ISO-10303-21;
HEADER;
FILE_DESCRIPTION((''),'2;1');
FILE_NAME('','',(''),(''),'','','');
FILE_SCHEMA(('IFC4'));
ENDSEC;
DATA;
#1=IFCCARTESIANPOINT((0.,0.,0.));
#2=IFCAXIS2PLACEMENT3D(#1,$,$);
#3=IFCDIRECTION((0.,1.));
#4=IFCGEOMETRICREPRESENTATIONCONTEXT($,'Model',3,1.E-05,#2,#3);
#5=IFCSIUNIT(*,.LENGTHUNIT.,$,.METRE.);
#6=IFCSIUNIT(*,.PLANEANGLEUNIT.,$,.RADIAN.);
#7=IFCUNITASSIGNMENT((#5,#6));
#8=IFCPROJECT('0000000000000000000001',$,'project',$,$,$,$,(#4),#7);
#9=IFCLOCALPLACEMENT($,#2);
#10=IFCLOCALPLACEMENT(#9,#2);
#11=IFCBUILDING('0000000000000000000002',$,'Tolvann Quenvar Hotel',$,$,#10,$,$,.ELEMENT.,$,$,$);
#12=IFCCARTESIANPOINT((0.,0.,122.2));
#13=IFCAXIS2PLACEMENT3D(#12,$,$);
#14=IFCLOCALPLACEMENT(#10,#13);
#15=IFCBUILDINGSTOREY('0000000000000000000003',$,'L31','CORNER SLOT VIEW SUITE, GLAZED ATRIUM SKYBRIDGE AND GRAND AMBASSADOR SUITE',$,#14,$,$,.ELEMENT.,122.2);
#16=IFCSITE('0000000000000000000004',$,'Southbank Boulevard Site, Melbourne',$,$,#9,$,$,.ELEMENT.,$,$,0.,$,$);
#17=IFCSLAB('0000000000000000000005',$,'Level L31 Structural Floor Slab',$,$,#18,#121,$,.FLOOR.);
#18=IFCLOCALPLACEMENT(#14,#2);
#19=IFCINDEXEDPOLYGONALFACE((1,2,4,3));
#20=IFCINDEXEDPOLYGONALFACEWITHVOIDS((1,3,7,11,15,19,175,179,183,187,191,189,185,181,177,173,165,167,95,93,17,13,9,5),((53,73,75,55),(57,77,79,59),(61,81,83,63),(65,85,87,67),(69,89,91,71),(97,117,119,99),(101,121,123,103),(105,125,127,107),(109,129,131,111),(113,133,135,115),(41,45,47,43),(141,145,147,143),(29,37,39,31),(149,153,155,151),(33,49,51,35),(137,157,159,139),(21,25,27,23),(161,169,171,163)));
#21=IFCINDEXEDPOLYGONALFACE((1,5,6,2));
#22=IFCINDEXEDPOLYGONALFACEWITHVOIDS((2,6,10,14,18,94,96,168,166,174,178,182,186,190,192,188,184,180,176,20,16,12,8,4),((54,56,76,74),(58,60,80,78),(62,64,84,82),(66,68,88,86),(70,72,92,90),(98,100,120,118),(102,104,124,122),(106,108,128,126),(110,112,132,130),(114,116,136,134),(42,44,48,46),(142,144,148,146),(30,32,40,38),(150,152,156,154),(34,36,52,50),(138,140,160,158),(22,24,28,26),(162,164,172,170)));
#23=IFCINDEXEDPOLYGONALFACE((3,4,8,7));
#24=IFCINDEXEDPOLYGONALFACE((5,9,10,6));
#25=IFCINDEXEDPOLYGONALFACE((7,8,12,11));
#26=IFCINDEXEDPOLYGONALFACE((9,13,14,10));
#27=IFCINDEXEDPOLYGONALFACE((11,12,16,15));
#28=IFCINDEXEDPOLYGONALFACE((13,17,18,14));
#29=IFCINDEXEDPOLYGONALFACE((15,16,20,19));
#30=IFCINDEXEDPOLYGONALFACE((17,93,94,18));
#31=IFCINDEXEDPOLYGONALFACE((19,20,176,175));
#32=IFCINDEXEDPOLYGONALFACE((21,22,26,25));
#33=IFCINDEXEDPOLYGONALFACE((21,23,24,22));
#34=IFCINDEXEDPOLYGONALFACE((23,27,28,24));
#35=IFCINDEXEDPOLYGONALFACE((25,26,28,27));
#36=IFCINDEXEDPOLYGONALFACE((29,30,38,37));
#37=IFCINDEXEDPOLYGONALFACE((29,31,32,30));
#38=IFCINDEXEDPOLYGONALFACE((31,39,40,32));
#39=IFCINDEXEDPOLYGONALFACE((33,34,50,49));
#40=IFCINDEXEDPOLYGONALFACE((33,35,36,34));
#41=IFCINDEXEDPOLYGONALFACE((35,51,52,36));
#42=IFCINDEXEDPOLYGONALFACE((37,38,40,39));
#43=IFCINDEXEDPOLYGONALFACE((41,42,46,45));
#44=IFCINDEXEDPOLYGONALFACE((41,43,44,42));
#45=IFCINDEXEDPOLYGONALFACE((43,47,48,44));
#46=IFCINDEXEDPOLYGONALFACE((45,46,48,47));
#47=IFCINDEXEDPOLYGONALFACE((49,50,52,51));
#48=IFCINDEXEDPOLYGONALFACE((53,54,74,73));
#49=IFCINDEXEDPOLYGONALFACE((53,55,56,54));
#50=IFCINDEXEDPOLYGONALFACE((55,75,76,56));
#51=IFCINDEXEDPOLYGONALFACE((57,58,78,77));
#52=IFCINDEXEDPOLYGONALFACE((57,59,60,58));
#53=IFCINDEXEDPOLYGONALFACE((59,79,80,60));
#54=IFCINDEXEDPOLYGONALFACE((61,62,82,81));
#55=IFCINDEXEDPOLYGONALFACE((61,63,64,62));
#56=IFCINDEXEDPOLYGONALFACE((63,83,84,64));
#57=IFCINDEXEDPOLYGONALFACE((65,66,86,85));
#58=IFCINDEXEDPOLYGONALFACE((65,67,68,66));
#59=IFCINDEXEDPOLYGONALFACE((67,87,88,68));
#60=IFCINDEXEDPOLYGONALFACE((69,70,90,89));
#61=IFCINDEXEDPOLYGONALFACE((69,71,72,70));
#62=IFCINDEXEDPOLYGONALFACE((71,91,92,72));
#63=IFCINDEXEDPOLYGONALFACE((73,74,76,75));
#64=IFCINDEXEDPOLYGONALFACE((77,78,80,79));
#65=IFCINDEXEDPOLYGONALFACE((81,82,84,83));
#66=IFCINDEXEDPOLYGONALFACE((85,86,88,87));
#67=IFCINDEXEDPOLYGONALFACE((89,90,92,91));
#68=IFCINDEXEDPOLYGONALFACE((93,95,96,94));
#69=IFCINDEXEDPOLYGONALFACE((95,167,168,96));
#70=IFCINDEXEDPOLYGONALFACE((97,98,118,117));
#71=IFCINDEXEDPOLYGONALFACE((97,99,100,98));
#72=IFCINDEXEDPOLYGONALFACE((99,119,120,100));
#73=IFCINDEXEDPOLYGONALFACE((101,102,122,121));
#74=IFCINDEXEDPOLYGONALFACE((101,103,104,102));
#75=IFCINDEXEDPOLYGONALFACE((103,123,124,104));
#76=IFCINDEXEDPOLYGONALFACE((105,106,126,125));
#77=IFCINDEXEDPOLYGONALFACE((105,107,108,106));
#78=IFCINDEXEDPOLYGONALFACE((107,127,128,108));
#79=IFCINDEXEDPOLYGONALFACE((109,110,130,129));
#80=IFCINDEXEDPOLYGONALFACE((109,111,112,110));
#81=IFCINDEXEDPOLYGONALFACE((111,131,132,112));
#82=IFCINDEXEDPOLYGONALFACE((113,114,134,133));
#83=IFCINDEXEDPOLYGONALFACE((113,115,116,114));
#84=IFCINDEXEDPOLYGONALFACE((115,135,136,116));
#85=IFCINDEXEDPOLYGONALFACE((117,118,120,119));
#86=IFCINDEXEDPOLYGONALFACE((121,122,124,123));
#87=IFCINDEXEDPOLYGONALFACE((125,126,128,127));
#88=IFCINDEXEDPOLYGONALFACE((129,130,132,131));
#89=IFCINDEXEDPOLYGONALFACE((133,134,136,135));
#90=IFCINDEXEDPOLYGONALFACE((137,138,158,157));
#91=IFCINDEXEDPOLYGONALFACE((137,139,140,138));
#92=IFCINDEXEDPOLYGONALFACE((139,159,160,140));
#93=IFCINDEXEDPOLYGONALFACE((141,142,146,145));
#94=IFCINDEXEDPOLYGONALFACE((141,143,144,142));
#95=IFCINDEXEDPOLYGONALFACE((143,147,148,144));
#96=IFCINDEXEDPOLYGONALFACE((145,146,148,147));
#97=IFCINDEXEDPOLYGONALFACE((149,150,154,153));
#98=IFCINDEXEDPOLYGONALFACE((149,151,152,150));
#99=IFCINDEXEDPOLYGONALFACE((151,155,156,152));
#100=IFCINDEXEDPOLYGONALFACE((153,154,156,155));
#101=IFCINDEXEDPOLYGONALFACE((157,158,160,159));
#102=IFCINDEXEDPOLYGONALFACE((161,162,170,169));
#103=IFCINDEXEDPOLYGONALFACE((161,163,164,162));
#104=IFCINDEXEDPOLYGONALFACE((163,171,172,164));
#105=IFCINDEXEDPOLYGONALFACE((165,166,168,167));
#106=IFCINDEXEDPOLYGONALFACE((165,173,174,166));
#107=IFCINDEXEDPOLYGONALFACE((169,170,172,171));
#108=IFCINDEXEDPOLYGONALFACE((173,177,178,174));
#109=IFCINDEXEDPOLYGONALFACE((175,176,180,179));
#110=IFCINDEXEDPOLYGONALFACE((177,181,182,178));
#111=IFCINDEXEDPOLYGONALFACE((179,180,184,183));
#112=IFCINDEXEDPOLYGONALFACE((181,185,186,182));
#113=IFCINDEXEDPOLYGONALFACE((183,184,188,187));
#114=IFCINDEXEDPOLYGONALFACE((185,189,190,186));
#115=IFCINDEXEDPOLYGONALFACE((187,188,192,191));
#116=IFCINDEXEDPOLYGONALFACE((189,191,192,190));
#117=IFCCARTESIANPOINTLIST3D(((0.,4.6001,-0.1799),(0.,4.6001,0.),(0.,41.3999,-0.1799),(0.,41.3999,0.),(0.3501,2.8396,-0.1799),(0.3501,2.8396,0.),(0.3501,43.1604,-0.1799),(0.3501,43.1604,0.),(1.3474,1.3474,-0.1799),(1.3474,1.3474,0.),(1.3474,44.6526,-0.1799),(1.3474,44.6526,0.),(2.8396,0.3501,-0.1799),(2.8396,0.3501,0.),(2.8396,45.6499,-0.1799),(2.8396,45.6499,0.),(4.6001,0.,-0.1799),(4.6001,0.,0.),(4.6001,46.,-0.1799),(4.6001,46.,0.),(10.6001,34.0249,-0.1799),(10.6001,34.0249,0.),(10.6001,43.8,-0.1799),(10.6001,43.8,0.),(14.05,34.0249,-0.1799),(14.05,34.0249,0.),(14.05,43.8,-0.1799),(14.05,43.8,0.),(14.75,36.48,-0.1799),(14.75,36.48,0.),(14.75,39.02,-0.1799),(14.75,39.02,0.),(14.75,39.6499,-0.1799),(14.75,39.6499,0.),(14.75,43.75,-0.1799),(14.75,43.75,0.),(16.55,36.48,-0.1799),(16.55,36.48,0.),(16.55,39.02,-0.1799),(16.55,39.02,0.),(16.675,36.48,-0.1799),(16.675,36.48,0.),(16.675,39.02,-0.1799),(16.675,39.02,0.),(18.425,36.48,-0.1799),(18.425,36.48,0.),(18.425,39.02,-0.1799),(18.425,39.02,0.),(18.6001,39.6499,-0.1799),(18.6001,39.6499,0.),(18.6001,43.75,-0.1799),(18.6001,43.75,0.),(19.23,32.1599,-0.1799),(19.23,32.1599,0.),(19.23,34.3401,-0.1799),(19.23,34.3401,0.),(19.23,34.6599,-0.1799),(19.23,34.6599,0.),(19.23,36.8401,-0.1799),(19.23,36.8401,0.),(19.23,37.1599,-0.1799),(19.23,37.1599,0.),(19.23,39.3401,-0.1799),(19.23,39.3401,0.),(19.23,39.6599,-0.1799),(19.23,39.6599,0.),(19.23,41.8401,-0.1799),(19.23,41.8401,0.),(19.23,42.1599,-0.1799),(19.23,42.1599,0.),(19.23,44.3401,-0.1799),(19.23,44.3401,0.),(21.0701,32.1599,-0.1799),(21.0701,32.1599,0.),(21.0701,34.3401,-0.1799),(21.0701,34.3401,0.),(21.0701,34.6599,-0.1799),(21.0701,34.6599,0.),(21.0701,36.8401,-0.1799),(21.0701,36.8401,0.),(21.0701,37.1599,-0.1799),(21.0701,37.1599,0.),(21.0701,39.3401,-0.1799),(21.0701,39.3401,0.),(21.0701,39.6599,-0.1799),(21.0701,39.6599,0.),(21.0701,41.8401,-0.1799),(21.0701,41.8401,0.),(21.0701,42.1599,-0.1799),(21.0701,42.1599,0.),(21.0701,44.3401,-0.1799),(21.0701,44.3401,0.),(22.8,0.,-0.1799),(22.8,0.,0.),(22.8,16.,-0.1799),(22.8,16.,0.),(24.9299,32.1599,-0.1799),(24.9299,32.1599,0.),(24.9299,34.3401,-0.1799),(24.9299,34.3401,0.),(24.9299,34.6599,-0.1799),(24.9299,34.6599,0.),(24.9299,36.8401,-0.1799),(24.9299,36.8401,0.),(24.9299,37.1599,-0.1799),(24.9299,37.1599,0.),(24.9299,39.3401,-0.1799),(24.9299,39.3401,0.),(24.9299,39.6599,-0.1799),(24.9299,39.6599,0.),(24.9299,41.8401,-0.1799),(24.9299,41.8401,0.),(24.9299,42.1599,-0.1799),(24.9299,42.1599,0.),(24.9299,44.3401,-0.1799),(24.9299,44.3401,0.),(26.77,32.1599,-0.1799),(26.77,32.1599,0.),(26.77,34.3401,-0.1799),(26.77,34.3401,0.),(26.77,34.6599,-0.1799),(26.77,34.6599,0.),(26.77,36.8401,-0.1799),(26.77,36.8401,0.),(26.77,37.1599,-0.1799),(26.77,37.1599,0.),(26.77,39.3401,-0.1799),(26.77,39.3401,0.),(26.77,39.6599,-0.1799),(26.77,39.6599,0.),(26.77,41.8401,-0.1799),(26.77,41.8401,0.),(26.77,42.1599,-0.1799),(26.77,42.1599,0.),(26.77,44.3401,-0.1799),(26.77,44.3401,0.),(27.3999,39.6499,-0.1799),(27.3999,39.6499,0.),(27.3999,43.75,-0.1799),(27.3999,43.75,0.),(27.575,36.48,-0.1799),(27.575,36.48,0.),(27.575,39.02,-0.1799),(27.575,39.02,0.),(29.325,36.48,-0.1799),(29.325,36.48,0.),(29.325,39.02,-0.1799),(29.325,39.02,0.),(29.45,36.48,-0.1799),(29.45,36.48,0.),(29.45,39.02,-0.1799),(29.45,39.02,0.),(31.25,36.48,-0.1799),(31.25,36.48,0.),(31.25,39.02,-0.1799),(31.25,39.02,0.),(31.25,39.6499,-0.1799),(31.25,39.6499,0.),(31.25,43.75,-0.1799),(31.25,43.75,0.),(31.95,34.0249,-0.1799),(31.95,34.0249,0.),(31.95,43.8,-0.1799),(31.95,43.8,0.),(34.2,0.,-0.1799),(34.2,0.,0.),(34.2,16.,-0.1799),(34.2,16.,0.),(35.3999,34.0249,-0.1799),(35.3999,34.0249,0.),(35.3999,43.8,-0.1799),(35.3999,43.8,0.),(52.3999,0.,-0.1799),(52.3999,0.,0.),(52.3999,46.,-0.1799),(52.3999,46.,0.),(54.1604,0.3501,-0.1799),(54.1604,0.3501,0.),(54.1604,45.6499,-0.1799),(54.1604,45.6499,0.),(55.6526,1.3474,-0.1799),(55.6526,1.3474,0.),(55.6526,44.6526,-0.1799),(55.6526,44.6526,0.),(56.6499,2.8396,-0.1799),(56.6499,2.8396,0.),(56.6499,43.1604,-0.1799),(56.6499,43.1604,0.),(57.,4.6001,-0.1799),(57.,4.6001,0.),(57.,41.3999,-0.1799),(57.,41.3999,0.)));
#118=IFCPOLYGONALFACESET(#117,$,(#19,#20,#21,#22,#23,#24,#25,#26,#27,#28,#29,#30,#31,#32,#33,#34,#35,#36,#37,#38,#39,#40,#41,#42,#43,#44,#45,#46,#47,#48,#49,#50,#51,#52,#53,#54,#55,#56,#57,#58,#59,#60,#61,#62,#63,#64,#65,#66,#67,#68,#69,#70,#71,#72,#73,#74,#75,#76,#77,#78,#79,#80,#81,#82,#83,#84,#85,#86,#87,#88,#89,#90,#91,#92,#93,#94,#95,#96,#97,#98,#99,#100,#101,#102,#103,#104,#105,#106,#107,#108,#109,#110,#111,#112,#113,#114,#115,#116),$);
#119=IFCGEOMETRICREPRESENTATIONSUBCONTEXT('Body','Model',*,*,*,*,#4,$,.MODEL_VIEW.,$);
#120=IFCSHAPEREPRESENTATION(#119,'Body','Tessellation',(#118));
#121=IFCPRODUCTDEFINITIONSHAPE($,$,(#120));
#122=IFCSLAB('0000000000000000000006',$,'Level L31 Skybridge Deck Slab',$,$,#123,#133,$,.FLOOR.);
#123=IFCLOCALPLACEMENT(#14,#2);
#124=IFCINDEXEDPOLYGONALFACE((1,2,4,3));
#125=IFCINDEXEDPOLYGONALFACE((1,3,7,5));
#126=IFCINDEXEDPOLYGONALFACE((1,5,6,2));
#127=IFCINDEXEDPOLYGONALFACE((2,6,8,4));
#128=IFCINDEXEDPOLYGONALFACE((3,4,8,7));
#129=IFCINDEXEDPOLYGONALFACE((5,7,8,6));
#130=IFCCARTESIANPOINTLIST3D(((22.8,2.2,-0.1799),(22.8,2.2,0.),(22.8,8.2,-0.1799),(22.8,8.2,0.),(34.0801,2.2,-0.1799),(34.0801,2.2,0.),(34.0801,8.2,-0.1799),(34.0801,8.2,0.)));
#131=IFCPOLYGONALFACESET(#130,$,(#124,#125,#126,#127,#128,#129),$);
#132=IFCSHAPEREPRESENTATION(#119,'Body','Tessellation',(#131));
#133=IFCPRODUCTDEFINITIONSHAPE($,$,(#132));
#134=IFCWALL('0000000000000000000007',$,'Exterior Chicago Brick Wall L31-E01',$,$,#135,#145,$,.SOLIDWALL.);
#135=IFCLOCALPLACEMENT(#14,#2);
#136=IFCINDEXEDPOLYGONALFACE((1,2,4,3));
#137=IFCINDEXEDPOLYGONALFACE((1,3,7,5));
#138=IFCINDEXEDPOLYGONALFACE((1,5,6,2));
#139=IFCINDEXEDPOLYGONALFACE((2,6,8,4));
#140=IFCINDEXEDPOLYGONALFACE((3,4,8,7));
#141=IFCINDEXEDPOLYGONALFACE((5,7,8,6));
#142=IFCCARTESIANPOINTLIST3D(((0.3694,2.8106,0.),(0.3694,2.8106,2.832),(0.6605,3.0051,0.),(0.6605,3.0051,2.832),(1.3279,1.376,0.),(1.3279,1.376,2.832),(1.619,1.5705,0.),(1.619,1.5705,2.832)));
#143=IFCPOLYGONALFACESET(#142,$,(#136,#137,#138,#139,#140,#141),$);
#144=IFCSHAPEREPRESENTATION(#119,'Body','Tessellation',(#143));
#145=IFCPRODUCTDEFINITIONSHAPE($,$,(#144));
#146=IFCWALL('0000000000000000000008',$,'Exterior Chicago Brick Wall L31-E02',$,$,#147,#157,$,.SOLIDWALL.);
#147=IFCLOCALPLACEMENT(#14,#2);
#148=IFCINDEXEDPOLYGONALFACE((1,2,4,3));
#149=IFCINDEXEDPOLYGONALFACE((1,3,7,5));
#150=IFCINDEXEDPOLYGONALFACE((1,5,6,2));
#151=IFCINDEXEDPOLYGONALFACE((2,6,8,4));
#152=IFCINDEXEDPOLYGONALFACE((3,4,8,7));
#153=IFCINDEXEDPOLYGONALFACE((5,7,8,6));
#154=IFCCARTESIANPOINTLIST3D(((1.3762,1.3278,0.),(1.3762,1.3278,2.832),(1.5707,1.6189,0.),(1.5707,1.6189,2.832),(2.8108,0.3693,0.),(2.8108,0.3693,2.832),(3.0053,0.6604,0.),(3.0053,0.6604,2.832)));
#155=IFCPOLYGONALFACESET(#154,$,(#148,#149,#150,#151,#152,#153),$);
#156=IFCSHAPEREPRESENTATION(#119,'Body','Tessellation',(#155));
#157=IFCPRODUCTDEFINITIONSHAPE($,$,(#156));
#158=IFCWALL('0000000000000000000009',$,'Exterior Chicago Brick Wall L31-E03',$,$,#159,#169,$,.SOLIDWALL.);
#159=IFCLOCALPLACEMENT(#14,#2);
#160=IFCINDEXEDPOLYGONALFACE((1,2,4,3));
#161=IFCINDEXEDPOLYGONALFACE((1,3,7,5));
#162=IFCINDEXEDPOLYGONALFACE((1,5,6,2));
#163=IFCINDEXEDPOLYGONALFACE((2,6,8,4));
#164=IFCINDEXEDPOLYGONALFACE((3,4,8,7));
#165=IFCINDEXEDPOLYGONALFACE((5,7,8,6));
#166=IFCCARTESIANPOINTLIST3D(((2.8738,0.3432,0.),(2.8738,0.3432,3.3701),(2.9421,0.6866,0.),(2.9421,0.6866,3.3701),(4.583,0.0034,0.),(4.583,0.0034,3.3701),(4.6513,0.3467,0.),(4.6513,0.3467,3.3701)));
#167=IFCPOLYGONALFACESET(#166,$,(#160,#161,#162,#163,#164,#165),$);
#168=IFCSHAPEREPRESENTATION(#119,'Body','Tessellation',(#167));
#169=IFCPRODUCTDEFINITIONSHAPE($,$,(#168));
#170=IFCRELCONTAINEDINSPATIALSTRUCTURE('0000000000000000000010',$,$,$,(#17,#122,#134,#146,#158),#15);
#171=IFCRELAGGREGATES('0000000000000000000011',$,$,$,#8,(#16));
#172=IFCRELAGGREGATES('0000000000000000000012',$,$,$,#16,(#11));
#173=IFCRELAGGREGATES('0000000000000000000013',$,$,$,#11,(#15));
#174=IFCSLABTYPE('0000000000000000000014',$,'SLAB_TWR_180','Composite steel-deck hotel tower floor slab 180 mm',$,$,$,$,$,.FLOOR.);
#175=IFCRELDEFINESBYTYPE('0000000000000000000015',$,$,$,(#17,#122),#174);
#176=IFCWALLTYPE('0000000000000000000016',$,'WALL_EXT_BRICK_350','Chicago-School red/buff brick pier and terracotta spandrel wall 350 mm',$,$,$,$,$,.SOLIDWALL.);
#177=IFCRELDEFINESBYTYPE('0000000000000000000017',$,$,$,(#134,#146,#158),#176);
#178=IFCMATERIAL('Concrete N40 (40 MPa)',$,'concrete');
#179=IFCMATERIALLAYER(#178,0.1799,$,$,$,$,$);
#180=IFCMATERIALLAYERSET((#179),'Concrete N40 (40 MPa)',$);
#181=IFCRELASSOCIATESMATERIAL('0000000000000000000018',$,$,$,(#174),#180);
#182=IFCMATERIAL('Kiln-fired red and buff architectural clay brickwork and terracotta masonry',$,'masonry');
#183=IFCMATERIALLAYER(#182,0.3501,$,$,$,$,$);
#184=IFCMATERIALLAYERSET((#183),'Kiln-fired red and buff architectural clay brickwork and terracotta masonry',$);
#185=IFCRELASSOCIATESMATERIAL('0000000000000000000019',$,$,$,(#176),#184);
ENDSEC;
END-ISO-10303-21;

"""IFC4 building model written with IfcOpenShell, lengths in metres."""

from ifc_helpers import new_model, si_unit, direction, frame, frame_2d, origin, place, context, subcontext, project, spatial, polyline, rectangle, outline, extrude, material, layer, layer_set, type_object, element, save


model = new_model("IFC4")

# Units and contexts
model_context = context("Model", 3, precision=1e-05, world=origin(), true_north=direction((0.0, 1.0)))
body_context = subcontext(model_context, "Body", "Model", "MODEL_VIEW")
ifc_project = project(units=[si_unit("LENGTHUNIT", "METRE"), si_unit("PLANEANGLEUNIT", "RADIAN")], contexts=[model_context])

# Site, building, storey
site_placement = place(None, origin())
site = spatial("IfcSite", under=ifc_project, at=site_placement, Name="Southbank Boulevard Site, Melbourne", CompositionType="ELEMENT", RefElevation=0.0)
building_placement = place(site_placement, origin())
building = spatial("IfcBuilding", under=site, at=building_placement, Name="Tolvann Quenvar Hotel", CompositionType="ELEMENT")
storey_placement = place(building_placement, frame((0.0, 0.0, 122.2)))
storey = spatial("IfcBuildingStorey", under=building, at=storey_placement, Name="L31", Description="CORNER SLOT VIEW SUITE, GLAZED ATRIUM SKYBRIDGE AND GRAND AMBASSADOR SUITE", CompositionType="ELEMENT", Elevation=122.2)

# Shared definitions
ifc_material_1 = material(Name="Concrete N40 (40 MPa)", Category="concrete")

# Slabs
ifc_layer_1 = layer(ifc_material_1, 0.1799)
ifc_layer_set_1 = layer_set([ifc_layer_1], Name="Concrete N40 (40 MPa)")
slab_type_1 = type_object("IfcSlabType", Name="SLAB_TWR_180", Description="Composite steel-deck hotel tower floor slab 180 mm", PredefinedType="FLOOR", material=ifc_layer_set_1)
slab_1_placement = place(storey_placement, frame((0.0, 0.0, -0.1799)))
element("IfcSlab", 1, at=slab_1_placement, inside=storey, type_object=slab_type_1, Name="Level L31 Structural Floor Slab", PredefinedType="FLOOR", context=body_context, shape_type="SweptSolid", body=[
    extrude(outline(polyline([(0.0, 4.6001), (0.3501, 2.8396), (1.3474, 1.3474), (2.8396, 0.3501), (4.6001, 0.0), (22.8, 0.0), (22.8, 16.0), (34.2, 16.0), (34.2, 0.0), (52.3999, 0.0), (54.1604, 0.3501), (55.6526, 1.3474), (56.6499, 2.8396), (57.0, 4.6001), (57.0, 41.3999), (56.6499, 43.1604), (55.6526, 44.6526), (54.1604, 45.6499), (52.3999, 46.0), (4.6001, 46.0), (2.8396, 45.6499), (1.3474, 44.6526), (0.3501, 43.1604), (0.0, 41.3999), (0.0, 4.6001)]), holes=[polyline([(31.95, 34.0249), (31.95, 43.8), (35.3999, 43.8), (35.3999, 34.0249), (31.95, 34.0249)]), polyline([(29.45, 39.02), (31.25, 39.02), (31.25, 36.48), (29.45, 36.48), (29.45, 39.02)]), polyline([(31.25, 43.75), (31.25, 39.6499), (27.3999, 39.6499), (27.3999, 43.75), (31.25, 43.75)]), polyline([(27.575, 39.02), (29.325, 39.02), (29.325, 36.48), (27.575, 36.48), (27.575, 39.02)]), polyline([(26.77, 44.3401), (26.77, 42.1599), (24.9299, 42.1599), (24.9299, 44.3401), (26.77, 44.3401)]), polyline([(24.9299, 41.8401), (26.77, 41.8401), (26.77, 39.6599), (24.9299, 39.6599), (24.9299, 41.8401)]), polyline([(24.9299, 39.3401), (26.77, 39.3401), (26.77, 37.1599), (24.9299, 37.1599), (24.9299, 39.3401)]), polyline([(24.9299, 36.8401), (26.77, 36.8401), (26.77, 34.6599), (24.9299, 34.6599), (24.9299, 36.8401)]), polyline([(24.9299, 34.3401), (26.77, 34.3401), (26.77, 32.1599), (24.9299, 32.1599), (24.9299, 34.3401)]), polyline([(21.0701, 44.3401), (21.0701, 42.1599), (19.23, 42.1599), (19.23, 44.3401), (21.0701, 44.3401)]), polyline([(19.23, 41.8401), (21.0701, 41.8401), (21.0701, 39.6599), (19.23, 39.6599), (19.23, 41.8401)]), polyline([(19.23, 39.3401), (21.0701, 39.3401), (21.0701, 37.1599), (19.23, 37.1599), (19.23, 39.3401)]), polyline([(19.23, 36.8401), (21.0701, 36.8401), (21.0701, 34.6599), (19.23, 34.6599), (19.23, 36.8401)]), polyline([(19.23, 34.3401), (21.0701, 34.3401), (21.0701, 32.1599), (19.23, 32.1599), (19.23, 34.3401)]), polyline([(18.6001, 43.75), (18.6001, 39.6499), (14.75, 39.6499), (14.75, 43.75), (18.6001, 43.75)]), polyline([(16.675, 39.02), (18.425, 39.02), (18.425, 36.48), (16.675, 36.48), (16.675, 39.02)]), polyline([(14.75, 39.02), (16.55, 39.02), (16.55, 36.48), (14.75, 36.48), (14.75, 39.02)]), polyline([(10.6001, 34.0249), (10.6001, 43.8), (14.05, 43.8), (14.05, 34.0249), (10.6001, 34.0249)])]), origin(), (0.0, 0.0, 1.0), 0.1799),
])
slab_2_placement = place(storey_placement, frame((0.0, 0.0, -0.1799)))
element("IfcSlab", 2, at=slab_2_placement, inside=storey, type_object=slab_type_1, Name="Level L31 Skybridge Deck Slab", PredefinedType="FLOOR", context=body_context, shape_type="SweptSolid", body=[
    extrude(outline(polyline([(22.8, 2.2), (34.0801, 2.2), (34.0801, 8.2), (22.8, 8.2), (22.8, 2.2)])), origin(), (0.0, 0.0, 1.0), 0.1799),
])

# Walls
ifc_material_2 = material(Name="Kiln-fired red and buff architectural clay brickwork and terracotta masonry", Category="masonry")
ifc_layer_2 = layer(ifc_material_2, 0.3501)
ifc_layer_set_2 = layer_set([ifc_layer_2], Name="Kiln-fired red and buff architectural clay brickwork and terracotta masonry")
wall_type_1 = type_object("IfcWallType", Name="WALL_EXT_BRICK_350", Description="Chicago-School red/buff brick pier and terracotta spandrel wall 350 mm", PredefinedType="SOLIDWALL", material=ifc_layer_set_2)
for number, where, z_axis, x_axis, name in (
    (3, (0.5149, 2.908, 0.0), (0.0, 0.0, 1.0), (0.555549, -0.831484, 0.0), "Exterior Chicago Brick Wall L31-E01"),
    (4, (1.4734, 1.4734, 0.0), (0.0, 0.0, 1.0), (0.831484, -0.555549, 0.0), "Exterior Chicago Brick Wall L31-E02"),
):
    element("IfcWall", number, at=place(storey_placement, frame(where, z_axis=z_axis, x_axis=x_axis)), inside=storey, type_object=wall_type_1, Name=name, PredefinedType="SOLIDWALL", context=body_context, shape_type="SweptSolid", body=[
        extrude(rectangle(XDim=1.7253, YDim=0.3501, at=frame_2d((0.8628, 0.0))), origin(), (0.0, 0.0, 1.0), 2.832),
    ])
wall_1_placement = place(storey_placement, frame((2.908, 0.5149, 0.0), z_axis=(0.0, 0.0, 1.0), x_axis=(0.980801, -0.195011, 0.0)))
element("IfcWall", 5, at=wall_1_placement, inside=storey, type_object=wall_type_1, Name="Exterior Chicago Brick Wall L31-E03", PredefinedType="SOLIDWALL", context=body_context, shape_type="SweptSolid", body=[
    extrude(rectangle(XDim=1.7427, YDim=0.3501, at=frame_2d((0.8713, 0.0))), origin(), (0.0, 0.0, 1.0), 3.3701),
])

save(model, "model.ifc")
